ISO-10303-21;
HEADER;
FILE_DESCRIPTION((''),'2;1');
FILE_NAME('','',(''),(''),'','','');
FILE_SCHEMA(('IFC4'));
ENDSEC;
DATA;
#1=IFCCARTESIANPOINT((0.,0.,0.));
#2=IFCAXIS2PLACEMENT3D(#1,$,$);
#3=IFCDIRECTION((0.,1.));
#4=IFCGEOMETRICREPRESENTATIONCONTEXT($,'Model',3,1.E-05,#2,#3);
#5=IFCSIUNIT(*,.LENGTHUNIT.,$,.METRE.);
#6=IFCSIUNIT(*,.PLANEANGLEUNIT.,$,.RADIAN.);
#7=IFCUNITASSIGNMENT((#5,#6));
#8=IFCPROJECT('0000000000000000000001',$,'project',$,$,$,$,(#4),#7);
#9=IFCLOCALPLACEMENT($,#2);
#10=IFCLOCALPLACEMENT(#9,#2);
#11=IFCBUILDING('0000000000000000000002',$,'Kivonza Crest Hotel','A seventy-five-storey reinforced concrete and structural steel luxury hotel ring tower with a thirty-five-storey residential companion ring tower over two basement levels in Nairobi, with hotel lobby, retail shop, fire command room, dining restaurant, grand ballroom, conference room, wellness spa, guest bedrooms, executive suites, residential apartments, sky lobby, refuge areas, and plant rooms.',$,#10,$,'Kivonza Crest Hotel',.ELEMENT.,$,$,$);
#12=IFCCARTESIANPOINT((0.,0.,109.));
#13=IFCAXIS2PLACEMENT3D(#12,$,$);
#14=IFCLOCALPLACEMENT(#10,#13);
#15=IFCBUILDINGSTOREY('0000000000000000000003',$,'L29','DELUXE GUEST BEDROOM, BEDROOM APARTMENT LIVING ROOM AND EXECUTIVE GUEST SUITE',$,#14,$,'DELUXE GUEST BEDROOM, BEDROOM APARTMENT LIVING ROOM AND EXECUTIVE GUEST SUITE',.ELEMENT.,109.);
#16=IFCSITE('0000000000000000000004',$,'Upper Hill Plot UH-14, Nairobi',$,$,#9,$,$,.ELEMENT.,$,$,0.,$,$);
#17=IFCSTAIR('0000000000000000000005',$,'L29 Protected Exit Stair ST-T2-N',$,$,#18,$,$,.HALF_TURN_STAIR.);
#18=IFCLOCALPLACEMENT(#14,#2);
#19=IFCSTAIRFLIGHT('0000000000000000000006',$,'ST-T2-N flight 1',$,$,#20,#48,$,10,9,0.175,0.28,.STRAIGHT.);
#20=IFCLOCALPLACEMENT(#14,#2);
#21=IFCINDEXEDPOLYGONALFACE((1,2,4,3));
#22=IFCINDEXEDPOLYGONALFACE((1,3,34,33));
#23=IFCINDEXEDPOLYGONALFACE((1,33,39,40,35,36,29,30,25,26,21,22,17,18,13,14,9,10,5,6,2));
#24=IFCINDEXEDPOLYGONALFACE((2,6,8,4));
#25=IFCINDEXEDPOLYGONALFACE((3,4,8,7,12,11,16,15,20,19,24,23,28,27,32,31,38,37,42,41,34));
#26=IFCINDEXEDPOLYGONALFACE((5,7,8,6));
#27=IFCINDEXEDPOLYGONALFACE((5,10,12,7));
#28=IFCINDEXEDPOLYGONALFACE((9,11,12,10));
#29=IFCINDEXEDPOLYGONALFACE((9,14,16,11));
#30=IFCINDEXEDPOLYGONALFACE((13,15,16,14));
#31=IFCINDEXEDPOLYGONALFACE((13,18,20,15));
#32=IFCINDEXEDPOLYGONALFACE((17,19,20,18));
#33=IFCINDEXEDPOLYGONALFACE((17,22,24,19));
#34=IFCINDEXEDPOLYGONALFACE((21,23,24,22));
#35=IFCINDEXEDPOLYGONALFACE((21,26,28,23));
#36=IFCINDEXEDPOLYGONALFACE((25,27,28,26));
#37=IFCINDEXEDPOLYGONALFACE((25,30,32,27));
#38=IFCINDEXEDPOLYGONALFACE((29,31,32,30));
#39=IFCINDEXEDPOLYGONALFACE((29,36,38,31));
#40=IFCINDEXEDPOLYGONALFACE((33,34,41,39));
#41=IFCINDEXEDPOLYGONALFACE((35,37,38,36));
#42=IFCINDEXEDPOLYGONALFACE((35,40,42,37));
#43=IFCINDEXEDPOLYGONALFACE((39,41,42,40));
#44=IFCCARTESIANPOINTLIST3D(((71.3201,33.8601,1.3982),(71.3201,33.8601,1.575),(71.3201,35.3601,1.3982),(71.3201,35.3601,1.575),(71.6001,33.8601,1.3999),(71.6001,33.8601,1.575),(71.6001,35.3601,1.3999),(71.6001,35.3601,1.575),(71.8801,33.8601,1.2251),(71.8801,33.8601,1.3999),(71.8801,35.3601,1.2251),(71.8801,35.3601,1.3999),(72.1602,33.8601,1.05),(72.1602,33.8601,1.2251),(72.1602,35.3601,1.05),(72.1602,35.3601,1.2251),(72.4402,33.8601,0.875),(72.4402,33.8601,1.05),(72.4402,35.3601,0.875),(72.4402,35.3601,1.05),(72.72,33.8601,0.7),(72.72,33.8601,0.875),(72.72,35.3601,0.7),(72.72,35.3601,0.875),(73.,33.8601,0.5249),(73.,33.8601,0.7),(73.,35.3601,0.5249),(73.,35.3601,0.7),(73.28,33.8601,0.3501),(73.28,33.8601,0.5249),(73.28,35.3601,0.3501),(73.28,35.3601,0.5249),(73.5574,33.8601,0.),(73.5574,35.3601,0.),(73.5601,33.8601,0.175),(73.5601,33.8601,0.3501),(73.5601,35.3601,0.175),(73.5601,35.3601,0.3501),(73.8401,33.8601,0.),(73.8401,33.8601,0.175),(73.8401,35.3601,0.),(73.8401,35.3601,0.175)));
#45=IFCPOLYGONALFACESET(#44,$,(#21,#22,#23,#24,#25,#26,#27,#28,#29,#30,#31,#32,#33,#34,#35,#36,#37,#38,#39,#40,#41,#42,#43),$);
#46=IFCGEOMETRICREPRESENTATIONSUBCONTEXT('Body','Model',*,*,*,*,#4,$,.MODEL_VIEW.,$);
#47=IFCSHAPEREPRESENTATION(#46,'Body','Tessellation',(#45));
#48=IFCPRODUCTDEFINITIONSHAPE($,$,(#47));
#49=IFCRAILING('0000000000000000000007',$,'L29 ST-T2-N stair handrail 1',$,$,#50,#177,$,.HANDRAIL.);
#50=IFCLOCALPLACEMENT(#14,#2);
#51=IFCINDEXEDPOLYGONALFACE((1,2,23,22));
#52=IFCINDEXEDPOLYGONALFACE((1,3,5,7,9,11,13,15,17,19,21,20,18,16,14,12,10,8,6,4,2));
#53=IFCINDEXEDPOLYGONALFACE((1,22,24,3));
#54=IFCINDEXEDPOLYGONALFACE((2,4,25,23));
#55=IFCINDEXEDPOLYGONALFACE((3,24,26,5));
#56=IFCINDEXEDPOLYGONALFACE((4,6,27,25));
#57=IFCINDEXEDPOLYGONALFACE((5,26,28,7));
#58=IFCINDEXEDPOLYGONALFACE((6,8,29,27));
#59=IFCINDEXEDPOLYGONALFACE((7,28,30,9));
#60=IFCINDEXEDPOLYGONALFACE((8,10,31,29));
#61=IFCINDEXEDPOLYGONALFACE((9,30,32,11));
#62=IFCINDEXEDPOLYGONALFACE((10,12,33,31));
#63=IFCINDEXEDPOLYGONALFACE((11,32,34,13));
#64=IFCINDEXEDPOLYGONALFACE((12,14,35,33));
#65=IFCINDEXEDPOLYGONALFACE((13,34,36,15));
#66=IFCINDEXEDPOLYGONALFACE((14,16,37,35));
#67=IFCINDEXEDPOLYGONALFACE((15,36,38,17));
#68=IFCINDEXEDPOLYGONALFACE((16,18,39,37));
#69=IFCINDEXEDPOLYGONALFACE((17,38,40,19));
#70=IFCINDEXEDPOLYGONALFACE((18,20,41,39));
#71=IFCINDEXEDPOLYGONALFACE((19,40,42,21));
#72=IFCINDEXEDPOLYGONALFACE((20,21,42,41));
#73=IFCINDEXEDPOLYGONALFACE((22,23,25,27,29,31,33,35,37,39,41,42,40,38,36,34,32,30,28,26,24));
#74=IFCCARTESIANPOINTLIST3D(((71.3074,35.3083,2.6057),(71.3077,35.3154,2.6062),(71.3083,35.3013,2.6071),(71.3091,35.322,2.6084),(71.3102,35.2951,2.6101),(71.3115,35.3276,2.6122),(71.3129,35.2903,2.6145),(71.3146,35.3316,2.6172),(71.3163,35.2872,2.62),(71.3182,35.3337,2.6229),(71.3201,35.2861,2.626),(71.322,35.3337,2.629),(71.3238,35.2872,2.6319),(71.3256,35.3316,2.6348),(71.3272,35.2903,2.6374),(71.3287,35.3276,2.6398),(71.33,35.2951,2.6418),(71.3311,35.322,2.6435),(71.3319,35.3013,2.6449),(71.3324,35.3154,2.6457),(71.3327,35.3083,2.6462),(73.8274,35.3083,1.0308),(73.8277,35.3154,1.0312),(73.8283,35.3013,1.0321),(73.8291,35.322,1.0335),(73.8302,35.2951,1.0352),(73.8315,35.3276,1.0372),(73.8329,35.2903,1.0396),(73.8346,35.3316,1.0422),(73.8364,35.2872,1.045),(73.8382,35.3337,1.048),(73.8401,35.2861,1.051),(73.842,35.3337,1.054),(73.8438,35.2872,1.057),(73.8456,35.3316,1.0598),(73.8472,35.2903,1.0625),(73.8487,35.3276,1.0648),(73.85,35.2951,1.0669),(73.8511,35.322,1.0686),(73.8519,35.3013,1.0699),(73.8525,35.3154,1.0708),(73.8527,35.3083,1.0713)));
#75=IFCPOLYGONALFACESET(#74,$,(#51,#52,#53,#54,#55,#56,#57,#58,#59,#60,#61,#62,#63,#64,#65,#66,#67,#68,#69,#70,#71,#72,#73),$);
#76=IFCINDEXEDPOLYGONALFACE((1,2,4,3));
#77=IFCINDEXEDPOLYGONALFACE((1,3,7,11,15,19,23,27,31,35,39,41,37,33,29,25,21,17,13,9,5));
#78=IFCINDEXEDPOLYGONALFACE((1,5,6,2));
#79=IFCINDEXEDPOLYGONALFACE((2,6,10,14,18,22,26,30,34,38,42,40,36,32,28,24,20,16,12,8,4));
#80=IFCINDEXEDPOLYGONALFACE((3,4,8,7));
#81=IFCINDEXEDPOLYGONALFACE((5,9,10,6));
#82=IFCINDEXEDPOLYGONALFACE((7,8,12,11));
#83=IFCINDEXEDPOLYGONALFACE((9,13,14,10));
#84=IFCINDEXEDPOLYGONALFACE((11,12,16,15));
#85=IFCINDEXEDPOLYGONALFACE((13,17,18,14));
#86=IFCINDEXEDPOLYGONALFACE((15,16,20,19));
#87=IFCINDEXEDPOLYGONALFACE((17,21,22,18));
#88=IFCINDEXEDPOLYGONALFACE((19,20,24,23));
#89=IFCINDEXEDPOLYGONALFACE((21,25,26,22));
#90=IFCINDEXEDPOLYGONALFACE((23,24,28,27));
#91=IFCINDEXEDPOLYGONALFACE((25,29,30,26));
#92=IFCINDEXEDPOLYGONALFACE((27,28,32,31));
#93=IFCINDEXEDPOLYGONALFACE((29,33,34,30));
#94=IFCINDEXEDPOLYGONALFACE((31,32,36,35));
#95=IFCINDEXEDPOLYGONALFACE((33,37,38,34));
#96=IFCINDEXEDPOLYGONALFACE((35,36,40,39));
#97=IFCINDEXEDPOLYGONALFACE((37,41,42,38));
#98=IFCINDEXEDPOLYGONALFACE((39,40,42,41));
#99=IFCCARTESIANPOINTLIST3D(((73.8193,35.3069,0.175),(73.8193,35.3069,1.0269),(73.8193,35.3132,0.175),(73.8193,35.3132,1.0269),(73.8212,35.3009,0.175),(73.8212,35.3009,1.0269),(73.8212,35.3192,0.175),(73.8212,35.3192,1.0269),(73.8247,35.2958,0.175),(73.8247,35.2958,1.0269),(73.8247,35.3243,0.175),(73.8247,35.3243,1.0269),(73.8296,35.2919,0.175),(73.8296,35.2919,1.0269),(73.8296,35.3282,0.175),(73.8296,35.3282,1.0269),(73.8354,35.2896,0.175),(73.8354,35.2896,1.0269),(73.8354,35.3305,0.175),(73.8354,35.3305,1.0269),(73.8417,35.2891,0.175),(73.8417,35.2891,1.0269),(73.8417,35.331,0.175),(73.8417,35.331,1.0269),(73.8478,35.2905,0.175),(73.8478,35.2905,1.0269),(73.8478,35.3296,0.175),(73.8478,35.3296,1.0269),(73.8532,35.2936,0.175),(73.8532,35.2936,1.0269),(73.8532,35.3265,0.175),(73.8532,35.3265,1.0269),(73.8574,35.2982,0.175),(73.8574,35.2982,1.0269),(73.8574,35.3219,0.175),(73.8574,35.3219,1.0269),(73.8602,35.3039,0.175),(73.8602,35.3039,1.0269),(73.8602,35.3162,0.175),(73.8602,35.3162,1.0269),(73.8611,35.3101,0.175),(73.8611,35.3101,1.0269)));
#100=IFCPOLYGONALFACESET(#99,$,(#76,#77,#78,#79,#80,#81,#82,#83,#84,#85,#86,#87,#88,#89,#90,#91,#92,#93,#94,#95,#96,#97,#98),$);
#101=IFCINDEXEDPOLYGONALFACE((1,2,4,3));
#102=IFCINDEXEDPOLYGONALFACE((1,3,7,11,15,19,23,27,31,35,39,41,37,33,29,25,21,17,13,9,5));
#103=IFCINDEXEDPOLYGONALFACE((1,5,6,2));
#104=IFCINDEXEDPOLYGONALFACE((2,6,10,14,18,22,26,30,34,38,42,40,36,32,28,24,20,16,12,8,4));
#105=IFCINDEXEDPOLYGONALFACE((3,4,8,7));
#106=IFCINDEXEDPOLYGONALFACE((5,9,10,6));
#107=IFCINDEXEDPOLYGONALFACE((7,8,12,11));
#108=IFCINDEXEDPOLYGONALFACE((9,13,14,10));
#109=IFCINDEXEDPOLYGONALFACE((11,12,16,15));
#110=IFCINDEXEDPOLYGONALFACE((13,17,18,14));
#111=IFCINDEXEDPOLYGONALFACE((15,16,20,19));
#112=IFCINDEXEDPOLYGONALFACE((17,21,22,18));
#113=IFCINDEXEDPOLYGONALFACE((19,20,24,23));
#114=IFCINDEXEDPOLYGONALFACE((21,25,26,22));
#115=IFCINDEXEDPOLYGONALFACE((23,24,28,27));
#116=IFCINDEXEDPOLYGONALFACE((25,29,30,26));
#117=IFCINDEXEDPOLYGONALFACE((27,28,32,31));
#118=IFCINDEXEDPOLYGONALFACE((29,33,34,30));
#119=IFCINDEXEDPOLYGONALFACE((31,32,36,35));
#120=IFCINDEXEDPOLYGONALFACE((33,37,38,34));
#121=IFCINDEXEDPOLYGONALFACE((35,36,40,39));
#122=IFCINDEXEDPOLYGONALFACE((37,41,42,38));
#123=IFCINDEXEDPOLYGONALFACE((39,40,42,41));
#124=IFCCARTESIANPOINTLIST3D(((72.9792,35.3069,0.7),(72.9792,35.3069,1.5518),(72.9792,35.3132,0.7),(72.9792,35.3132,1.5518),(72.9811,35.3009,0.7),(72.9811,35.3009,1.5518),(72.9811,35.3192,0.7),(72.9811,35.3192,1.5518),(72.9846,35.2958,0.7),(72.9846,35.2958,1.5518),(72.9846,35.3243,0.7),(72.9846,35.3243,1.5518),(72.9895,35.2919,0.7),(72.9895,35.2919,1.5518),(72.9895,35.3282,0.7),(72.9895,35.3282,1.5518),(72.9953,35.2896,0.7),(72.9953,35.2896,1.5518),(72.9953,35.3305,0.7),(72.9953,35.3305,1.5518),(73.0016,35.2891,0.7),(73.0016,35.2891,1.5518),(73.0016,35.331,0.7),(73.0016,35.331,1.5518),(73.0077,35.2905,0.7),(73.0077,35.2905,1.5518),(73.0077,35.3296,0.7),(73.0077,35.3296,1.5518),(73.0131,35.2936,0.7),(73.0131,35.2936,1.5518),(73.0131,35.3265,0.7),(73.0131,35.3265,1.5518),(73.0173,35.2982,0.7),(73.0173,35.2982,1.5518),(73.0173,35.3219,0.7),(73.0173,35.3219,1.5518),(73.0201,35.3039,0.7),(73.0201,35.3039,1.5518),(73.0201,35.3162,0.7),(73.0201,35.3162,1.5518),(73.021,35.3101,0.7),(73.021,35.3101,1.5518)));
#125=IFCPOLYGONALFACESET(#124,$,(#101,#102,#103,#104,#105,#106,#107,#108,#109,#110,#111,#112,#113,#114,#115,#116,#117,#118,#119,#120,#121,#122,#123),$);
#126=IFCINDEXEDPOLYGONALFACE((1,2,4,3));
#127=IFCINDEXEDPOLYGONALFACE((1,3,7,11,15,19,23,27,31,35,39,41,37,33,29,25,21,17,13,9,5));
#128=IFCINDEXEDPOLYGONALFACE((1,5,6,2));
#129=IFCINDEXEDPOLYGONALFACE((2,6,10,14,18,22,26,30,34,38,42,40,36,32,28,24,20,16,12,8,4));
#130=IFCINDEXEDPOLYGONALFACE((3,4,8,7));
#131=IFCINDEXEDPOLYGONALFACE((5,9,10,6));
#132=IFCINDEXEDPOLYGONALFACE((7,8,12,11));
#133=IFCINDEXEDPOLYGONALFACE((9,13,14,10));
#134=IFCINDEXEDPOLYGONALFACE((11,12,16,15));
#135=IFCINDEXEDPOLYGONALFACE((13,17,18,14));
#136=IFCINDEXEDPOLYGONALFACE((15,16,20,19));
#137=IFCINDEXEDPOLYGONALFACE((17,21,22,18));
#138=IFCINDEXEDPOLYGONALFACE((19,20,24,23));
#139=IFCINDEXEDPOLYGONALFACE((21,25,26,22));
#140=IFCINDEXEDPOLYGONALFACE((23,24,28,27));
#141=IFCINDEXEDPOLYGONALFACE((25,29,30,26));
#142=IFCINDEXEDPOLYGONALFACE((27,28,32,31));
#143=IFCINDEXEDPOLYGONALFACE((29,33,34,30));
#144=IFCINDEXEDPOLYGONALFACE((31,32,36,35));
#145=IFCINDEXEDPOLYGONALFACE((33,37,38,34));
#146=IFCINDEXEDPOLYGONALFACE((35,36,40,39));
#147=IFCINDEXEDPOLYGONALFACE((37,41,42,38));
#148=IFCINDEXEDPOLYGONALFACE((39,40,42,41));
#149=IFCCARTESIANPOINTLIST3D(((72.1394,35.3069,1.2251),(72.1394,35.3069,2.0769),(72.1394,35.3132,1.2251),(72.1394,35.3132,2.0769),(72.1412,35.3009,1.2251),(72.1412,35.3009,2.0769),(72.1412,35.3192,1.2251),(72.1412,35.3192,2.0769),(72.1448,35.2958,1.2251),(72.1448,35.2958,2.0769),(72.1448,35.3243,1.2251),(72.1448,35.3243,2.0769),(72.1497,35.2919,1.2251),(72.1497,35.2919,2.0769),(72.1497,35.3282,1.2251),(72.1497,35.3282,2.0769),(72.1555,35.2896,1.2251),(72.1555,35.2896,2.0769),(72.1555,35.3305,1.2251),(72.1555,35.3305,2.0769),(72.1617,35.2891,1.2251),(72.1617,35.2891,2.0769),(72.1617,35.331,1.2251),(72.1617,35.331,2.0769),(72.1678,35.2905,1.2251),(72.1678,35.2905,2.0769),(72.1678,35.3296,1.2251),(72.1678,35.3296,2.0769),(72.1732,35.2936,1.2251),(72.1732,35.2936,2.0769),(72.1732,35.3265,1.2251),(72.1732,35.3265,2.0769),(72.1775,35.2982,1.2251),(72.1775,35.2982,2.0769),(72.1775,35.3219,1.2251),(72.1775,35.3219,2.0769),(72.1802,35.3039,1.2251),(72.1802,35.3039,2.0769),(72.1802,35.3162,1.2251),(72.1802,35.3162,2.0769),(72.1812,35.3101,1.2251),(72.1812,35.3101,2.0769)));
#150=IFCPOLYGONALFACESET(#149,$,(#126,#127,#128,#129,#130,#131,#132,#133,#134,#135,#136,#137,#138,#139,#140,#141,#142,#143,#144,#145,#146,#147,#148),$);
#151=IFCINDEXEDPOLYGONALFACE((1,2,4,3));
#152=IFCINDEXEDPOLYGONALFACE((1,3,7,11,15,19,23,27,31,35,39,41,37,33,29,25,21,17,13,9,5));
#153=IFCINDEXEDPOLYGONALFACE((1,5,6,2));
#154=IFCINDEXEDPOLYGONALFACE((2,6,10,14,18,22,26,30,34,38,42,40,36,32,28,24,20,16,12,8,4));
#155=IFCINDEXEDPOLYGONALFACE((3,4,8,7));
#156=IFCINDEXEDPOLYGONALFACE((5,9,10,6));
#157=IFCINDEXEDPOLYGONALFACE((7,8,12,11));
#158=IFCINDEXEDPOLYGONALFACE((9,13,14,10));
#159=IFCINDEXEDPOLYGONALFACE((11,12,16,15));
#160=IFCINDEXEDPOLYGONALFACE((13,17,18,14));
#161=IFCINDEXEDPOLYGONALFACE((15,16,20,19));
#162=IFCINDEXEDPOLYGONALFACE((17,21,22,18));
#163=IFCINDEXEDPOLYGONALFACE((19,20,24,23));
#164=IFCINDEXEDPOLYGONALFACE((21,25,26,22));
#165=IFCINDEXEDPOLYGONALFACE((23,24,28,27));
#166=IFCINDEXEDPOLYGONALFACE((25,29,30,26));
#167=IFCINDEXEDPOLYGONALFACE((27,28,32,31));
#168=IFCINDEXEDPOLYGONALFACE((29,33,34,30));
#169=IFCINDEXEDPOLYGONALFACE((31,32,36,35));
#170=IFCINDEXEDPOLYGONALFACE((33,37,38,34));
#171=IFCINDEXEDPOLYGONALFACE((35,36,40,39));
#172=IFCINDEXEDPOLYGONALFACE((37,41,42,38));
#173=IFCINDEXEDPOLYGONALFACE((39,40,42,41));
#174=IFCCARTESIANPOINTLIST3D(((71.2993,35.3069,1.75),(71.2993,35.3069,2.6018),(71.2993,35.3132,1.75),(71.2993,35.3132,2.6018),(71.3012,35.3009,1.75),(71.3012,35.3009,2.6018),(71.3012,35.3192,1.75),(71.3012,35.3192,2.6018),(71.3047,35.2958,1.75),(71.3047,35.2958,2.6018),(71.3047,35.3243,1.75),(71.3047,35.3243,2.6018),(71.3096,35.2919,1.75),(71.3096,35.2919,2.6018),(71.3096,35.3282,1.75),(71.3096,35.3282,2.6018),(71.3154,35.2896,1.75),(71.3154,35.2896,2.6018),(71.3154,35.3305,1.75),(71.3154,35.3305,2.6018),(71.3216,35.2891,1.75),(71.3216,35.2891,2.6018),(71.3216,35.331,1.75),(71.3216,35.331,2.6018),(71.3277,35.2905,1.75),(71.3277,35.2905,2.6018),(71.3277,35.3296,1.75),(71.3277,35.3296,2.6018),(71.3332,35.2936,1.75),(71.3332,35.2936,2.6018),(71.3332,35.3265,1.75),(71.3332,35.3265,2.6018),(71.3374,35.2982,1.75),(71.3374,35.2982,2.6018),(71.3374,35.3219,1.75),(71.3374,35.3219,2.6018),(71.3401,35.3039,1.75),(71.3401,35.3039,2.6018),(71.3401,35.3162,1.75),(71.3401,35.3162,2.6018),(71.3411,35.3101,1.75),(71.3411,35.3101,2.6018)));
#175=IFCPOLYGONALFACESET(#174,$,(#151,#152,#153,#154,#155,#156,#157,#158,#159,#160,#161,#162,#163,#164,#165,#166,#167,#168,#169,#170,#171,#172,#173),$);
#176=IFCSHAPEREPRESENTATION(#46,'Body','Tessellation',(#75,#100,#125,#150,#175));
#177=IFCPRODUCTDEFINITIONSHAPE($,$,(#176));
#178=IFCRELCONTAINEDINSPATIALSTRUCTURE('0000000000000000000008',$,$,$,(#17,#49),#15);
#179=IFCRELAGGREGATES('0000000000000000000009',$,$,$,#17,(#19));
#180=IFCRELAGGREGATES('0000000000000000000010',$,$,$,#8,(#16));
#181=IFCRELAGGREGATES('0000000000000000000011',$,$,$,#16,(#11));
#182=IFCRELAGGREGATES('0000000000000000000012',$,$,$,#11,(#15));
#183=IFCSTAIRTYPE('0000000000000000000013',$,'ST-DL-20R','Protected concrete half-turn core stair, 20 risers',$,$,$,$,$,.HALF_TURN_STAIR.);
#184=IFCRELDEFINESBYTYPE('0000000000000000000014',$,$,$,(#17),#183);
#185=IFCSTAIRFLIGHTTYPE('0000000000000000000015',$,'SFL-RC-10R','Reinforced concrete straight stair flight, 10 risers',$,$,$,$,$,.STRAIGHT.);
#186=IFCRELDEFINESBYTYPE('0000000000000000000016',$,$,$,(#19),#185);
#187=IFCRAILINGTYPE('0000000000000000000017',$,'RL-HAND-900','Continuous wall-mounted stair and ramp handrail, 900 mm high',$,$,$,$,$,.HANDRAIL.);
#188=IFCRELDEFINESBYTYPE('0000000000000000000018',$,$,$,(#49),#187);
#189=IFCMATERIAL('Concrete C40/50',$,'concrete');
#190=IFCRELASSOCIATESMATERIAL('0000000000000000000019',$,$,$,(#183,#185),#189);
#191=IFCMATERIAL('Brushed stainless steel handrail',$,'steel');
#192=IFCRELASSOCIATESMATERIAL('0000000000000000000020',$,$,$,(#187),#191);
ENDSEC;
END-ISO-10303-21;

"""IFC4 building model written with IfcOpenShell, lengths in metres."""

from ifc_helpers import new_model, si_unit, direction, frame, origin, origin_2d, place, context, subcontext, project, spatial, polyline, circle, outline, extrude, material, type_object, element, aggregate, save


model = new_model("IFC4")

# Units and contexts
model_context = context("Model", 3, precision=1e-05, world=origin(), true_north=direction((0.0, 1.0)))
body_context = subcontext(model_context, "Body", "Model", "MODEL_VIEW")
ifc_project = project(units=[si_unit("LENGTHUNIT", "METRE"), si_unit("PLANEANGLEUNIT", "RADIAN")], contexts=[model_context])

# Site, building, storey
site_placement = place(None, origin())
site = spatial("IfcSite", under=ifc_project, at=site_placement, Name="Upper Hill Plot UH-14, Nairobi", CompositionType="ELEMENT", RefElevation=0.0)
building_placement = place(site_placement, origin())
building = spatial("IfcBuilding", under=site, at=building_placement, Name="Kivonza Crest Hotel", Description="A seventy-five-storey reinforced concrete and structural steel luxury hotel ring tower with a thirty-five-storey residential companion ring tower over two basement levels in Nairobi, with hotel lobby, retail shop, fire command room, dining restaurant, grand ballroom, conference room, wellness spa, guest bedrooms, executive suites, residential apartments, sky lobby, refuge areas, and plant rooms.", LongName="Kivonza Crest Hotel", CompositionType="ELEMENT")
storey_placement = place(building_placement, frame((0.0, 0.0, 109.0)))
storey = spatial("IfcBuildingStorey", under=building, at=storey_placement, Name="L29", Description="DELUXE GUEST BEDROOM, BEDROOM APARTMENT LIVING ROOM AND EXECUTIVE GUEST SUITE", LongName="DELUXE GUEST BEDROOM, BEDROOM APARTMENT LIVING ROOM AND EXECUTIVE GUEST SUITE", CompositionType="ELEMENT", Elevation=109.0)

# Stair, stair flight
ifc_material_1 = material(Name="Concrete C40/50", Category="concrete")
stair_type = type_object("IfcStairType", Name="ST-DL-20R", Description="Protected concrete half-turn core stair, 20 risers", PredefinedType="HALF_TURN_STAIR", material=ifc_material_1)
stair_placement = place(storey_placement, origin())
stair = element("IfcStair", 1, at=stair_placement, inside=storey, type_object=stair_type, Name="L29 Protected Exit Stair ST-T2-N", PredefinedType="HALF_TURN_STAIR")
stair_flight_type = type_object("IfcStairFlightType", Name="SFL-RC-10R", Description="Reinforced concrete straight stair flight, 10 risers", PredefinedType="STRAIGHT", material=ifc_material_1)
stair_flight_placement = place(storey_placement, frame((73.8401, 34.6101, 0.0), z_axis=(0.0, 0.0, 1.0), x_axis=(-1.0, 0.0, 0.0)))
stair_flight = element("IfcStairFlight", 2, at=stair_flight_placement, type_object=stair_flight_type, Name="ST-T2-N flight 1", NumberOfRisers=10, NumberOfTreads=9, PredefinedType="STRAIGHT", RiserHeight=0.175, TreadLength=0.28, context=body_context, shape_type="SweptSolid", body=[
    extrude(outline(polyline([(0.0, 0.0), (0.0, 0.175), (0.28, 0.175), (0.28, 0.3501), (0.5601, 0.3501), (0.5601, 0.5249), (0.8401, 0.5249), (0.8401, 0.7), (1.1201, 0.7), (1.1201, 0.875), (1.3999, 0.875), (1.3999, 1.05), (1.6799, 1.05), (1.6799, 1.2251), (1.96, 1.2251), (1.96, 1.3999), (2.24, 1.3999), (2.24, 1.575), (2.52, 1.575), (2.52, 1.75), (2.52, 1.3982), (0.2827, 0.0), (0.0, 0.0)])), frame((0.0, 0.75, 0.0), z_axis=(0.0, -1.0, 0.0), x_axis=(1.0, 0.0, 0.0)), (0.0, 0.0, 1.0), 1.5),
])
aggregate(stair, [stair_flight])

# Railing
ifc_material_2 = material(Name="Brushed stainless steel handrail", Category="steel")
railing_type_1 = type_object("IfcRailingType", Name="RL-HAND-900", Description="Continuous wall-mounted stair and ramp handrail, 900 mm high", PredefinedType="HANDRAIL", material=ifc_material_2)
railing_1_placement = place(storey_placement, frame((73.8401, 35.3101, 0.175)))
element("IfcRailing", 3, at=railing_1_placement, inside=storey, type_object=railing_type_1, Name="L29 ST-T2-N stair handrail 1", PredefinedType="HANDRAIL", context=body_context, shape_type="SweptSolid", body=[
    extrude(circle(Radius=0.0239, at=origin_2d()), frame((0.0, 0.0, 0.876), z_axis=(-0.848008, 0.0, 0.529984), x_axis=(0.0, -1.0, 0.0)), (0.0, 0.0, 1.0), 2.9717),
    extrude(circle(Radius=0.021, at=origin_2d()), origin(), (0.0, 0.0, 1.0), 0.8518),
    extrude(circle(Radius=0.021, at=origin_2d()), frame((-0.8401, 0.0, 0.5249)), (0.0, 0.0, 1.0), 0.8518),
    extrude(circle(Radius=0.021, at=origin_2d()), frame((-1.6799, 0.0, 1.05)), (0.0, 0.0, 1.0), 0.8518),
    extrude(circle(Radius=0.021, at=origin_2d()), frame((-2.52, 0.0, 1.575)), (0.0, 0.0, 1.0), 0.8518),
])

save(model, "model.ifc")
